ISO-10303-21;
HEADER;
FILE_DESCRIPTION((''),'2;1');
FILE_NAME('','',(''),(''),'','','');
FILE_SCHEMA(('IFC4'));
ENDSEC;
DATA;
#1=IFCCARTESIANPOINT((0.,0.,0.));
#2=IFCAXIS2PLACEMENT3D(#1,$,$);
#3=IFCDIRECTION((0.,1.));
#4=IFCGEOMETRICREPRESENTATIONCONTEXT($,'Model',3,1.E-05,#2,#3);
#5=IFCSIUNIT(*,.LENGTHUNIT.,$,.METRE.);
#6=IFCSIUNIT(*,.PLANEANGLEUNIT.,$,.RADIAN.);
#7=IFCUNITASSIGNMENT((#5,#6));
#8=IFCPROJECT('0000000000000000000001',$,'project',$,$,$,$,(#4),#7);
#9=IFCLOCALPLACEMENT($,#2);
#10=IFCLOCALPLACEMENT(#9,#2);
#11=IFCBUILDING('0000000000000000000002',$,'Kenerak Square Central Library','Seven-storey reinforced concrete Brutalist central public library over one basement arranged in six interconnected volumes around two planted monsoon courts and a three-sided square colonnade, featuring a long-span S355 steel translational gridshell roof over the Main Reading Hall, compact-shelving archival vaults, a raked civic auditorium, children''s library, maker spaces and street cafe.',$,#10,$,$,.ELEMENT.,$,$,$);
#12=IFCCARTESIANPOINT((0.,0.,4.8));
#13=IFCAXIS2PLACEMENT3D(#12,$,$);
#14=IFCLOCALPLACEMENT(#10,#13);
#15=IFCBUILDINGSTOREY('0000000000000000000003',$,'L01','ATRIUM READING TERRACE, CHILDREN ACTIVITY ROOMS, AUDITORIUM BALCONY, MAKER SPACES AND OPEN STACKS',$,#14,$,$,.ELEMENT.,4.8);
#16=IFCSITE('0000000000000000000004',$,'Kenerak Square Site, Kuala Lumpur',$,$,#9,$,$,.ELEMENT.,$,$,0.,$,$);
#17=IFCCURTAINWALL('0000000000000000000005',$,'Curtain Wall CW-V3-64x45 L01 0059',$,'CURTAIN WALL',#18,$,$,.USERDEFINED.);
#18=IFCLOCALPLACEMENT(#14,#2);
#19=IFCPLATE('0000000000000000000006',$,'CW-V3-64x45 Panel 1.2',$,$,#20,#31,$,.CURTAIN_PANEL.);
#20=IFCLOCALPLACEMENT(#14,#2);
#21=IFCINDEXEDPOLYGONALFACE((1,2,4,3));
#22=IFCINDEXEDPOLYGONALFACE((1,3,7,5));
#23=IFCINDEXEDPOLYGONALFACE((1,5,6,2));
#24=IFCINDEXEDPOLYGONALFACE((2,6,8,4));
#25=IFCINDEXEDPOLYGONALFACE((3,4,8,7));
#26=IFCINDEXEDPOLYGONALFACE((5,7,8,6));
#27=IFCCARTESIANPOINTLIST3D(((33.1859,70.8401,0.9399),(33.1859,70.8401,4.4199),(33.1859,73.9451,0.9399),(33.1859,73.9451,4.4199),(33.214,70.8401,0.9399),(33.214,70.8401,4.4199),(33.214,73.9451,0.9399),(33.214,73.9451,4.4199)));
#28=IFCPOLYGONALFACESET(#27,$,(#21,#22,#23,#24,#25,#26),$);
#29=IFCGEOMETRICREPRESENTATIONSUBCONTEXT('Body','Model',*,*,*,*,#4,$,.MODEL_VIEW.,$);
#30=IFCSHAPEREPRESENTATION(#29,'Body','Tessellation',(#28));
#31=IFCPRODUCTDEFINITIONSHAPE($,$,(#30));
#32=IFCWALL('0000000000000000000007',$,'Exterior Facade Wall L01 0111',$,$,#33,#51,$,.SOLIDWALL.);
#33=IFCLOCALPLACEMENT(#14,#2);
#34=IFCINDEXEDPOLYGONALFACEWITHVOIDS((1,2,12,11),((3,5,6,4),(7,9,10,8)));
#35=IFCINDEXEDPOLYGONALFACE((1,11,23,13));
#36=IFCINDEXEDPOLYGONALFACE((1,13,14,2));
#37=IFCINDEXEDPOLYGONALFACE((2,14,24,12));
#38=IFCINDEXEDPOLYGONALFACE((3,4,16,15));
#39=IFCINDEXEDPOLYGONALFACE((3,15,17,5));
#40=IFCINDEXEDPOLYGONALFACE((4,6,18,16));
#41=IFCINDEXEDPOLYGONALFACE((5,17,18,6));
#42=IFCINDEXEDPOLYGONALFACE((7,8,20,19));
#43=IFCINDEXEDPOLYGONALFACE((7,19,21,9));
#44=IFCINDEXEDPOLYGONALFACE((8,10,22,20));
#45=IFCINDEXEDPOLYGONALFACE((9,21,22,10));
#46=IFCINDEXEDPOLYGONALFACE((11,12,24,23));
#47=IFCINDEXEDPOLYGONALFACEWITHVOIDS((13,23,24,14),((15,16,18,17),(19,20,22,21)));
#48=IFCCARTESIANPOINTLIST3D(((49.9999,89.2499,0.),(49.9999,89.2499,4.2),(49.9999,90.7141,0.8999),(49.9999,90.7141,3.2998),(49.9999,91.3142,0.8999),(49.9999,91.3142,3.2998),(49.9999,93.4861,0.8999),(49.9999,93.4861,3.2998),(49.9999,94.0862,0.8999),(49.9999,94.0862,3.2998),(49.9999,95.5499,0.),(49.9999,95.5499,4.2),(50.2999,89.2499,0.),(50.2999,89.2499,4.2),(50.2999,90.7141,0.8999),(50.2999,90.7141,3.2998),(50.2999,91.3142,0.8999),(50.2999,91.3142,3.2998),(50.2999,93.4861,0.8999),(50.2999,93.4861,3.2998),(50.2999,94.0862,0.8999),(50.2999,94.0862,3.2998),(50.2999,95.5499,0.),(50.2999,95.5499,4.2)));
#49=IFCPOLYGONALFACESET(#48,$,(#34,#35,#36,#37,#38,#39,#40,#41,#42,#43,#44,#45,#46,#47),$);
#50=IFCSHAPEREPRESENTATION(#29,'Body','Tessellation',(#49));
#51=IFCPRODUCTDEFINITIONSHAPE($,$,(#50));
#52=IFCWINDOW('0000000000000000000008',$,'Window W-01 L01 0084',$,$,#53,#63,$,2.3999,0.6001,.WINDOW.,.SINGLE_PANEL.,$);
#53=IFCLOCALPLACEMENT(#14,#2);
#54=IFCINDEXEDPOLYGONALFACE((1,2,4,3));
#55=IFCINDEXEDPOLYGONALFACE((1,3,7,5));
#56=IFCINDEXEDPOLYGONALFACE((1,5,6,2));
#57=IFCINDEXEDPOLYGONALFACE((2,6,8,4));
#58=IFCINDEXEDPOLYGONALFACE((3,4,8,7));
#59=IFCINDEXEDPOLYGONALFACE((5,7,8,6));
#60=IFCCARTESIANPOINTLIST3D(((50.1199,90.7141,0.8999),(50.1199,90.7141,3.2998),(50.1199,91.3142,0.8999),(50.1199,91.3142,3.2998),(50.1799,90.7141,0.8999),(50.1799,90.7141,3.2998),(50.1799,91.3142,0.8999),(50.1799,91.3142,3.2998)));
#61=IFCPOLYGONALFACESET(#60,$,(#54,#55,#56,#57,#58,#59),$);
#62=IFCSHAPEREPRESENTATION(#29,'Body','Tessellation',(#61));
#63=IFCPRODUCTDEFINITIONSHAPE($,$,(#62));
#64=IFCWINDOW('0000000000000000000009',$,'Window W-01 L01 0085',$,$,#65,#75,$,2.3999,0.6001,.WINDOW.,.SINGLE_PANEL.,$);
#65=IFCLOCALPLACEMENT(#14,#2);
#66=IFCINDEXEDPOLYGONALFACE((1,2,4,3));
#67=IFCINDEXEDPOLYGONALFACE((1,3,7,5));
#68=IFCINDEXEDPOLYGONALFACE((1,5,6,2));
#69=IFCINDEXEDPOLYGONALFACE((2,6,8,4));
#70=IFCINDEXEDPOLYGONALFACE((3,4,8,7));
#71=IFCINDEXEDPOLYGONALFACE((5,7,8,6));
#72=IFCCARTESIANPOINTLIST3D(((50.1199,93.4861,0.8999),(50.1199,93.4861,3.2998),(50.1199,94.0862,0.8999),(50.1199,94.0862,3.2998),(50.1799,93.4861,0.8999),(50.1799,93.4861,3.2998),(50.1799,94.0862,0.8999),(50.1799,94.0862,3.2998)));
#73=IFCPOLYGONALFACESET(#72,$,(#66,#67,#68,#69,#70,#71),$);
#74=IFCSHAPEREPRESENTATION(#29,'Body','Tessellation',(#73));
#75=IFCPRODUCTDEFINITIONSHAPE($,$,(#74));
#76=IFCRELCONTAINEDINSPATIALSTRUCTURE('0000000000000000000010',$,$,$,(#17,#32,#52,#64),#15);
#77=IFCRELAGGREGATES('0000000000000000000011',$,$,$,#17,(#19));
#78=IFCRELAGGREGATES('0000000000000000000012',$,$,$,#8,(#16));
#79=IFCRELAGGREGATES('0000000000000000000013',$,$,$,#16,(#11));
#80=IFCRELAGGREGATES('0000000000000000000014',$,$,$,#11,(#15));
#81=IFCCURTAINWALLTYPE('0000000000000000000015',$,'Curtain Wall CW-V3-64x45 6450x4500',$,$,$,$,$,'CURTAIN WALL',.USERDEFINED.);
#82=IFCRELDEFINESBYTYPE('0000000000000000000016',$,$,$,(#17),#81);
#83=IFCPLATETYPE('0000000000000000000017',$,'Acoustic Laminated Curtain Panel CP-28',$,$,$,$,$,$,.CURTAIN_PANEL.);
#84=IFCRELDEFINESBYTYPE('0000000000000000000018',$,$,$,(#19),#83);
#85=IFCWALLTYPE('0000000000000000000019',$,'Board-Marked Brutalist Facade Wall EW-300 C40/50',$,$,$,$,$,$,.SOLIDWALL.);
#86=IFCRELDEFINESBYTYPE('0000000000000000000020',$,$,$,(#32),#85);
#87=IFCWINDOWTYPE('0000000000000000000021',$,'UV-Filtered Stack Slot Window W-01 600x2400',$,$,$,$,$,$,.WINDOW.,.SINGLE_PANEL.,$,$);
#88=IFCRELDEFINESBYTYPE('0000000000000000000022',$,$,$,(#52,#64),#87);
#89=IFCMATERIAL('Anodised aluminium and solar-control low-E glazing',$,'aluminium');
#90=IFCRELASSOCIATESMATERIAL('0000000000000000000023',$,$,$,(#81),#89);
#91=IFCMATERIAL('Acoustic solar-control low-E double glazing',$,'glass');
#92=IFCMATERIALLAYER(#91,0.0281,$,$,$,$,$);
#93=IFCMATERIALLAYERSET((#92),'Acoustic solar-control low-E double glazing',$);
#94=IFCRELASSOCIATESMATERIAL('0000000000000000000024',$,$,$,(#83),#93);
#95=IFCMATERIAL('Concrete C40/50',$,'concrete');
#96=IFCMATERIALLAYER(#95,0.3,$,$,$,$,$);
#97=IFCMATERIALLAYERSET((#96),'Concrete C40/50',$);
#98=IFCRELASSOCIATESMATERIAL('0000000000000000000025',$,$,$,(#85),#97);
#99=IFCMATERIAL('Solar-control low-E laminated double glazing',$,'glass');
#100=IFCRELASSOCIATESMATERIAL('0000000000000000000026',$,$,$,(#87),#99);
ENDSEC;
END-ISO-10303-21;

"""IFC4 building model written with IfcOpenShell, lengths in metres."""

from ifc_helpers import new_model, si_unit, direction, frame, frame_2d, origin, origin_2d, place, context, subcontext, project, spatial, rectangle, extrude, material, layer, layer_set, type_object, element, fill, aggregate, save


model = new_model("IFC4")

# Units and contexts
model_context = context("Model", 3, precision=1e-05, world=origin(), true_north=direction((0.0, 1.0)))
body_context = subcontext(model_context, "Body", "Model", "MODEL_VIEW")
ifc_project = project(units=[si_unit("LENGTHUNIT", "METRE"), si_unit("PLANEANGLEUNIT", "RADIAN")], contexts=[model_context])

# Site, building, storey
site_placement = place(None, origin())
site = spatial("IfcSite", under=ifc_project, at=site_placement, Name="Kenerak Square Site, Kuala Lumpur", CompositionType="ELEMENT", RefElevation=0.0)
building_placement = place(site_placement, origin())
building = spatial("IfcBuilding", under=site, at=building_placement, Name="Kenerak Square Central Library", Description="Seven-storey reinforced concrete Brutalist central public library over one basement arranged in six interconnected volumes around two planted monsoon courts and a three-sided square colonnade, featuring a long-span S355 steel translational gridshell roof over the Main Reading Hall, compact-shelving archival vaults, a raked civic auditorium, children's library, maker spaces and street cafe.", CompositionType="ELEMENT")
storey_placement = place(building_placement, frame((0.0, 0.0, 4.8)))
storey = spatial("IfcBuildingStorey", under=building, at=storey_placement, Name="L01", Description="ATRIUM READING TERRACE, CHILDREN ACTIVITY ROOMS, AUDITORIUM BALCONY, MAKER SPACES AND OPEN STACKS", CompositionType="ELEMENT", Elevation=4.8)

# Shared definitions
ifc_material_1 = material(Name="Concrete C40/50", Category="concrete")

# Curtain wall, plate
ifc_material_2 = material(Name="Anodised aluminium and solar-control low-E glazing", Category="aluminium")
curtain_wall_type = type_object("IfcCurtainWallType", Name="Curtain Wall CW-V3-64x45 6450x4500", ElementType="CURTAIN WALL", PredefinedType="USERDEFINED", material=ifc_material_2)
curtain_wall_placement = place(storey_placement, origin())
curtain_wall = element("IfcCurtainWall", 1, at=curtain_wall_placement, inside=storey, type_object=curtain_wall_type, Name="Curtain Wall CW-V3-64x45 L01 0059", ObjectType="CURTAIN WALL", PredefinedType="USERDEFINED")
ifc_material_3 = material(Name="Acoustic solar-control low-E double glazing", Category="glass")
ifc_layer_1 = layer(ifc_material_3, 0.0281)
ifc_layer_set_1 = layer_set([ifc_layer_1], Name="Acoustic solar-control low-E double glazing")
plate_type = type_object("IfcPlateType", Name="Acoustic Laminated Curtain Panel CP-28", PredefinedType="CURTAIN_PANEL", material=ifc_layer_set_1)
plate_1_placement = place(storey_placement, frame((33.2, 72.3926, 0.9399), z_axis=(0.0, 0.0, 1.0), x_axis=(0.0, -1.0, 0.0)))
plate_1 = element("IfcPlate", 2, at=plate_1_placement, type_object=plate_type, Name="CW-V3-64x45 Panel 1.2", PredefinedType="CURTAIN_PANEL", context=body_context, shape_type="SweptSolid", body=[
    extrude(rectangle(XDim=3.105, YDim=0.0281, at=origin_2d()), origin(), (0.0, 0.0, 1.0), 3.48),
])
aggregate(curtain_wall, [plate_1])

# Wall, openings, windows
ifc_layer_2 = layer(ifc_material_1, 0.3)
ifc_layer_set_2 = layer_set([ifc_layer_2], Name="Concrete C40/50")
wall_type = type_object("IfcWallType", Name="Board-Marked Brutalist Facade Wall EW-300 C40/50", PredefinedType="SOLIDWALL", material=ifc_layer_set_2)
wall_placement = place(storey_placement, frame((50.1499, 89.25, 0.0), z_axis=(0.0, 0.0, 1.0), x_axis=(0.0, 1.0, 0.0)))
wall = element("IfcWall", 3, at=wall_placement, inside=storey, type_object=wall_type, Name="Exterior Facade Wall L01 0111", PredefinedType="SOLIDWALL", context=body_context, shape_type="SweptSolid", body=[
    extrude(rectangle(XDim=6.3, YDim=0.3, at=frame_2d((3.1499, 0.0))), origin(), (0.0, 0.0, 1.0), 4.2),
])
opening_1_placement = place(wall_placement, frame((1.4641, 0.0, 0.8999)))
opening_1 = element("IfcOpeningElement", 4, at=opening_1_placement, cuts=wall, PredefinedType="OPENING", context=body_context, shape_type="SweptSolid", body=[
    extrude(rectangle(XDim=0.6001, YDim=2.3999, at=frame_2d((0.3, 1.2))), frame((0.0, 0.1599, 0.0), z_axis=(0.0, -1.0, 0.0), x_axis=(1.0, 0.0, 0.0)), (0.0, 0.0, 1.0), 0.3201),
])
opening_2_placement = place(wall_placement, frame((4.2361, 0.0, 0.8999)))
opening_2 = element("IfcOpeningElement", 5, at=opening_2_placement, cuts=wall, PredefinedType="OPENING", context=body_context, shape_type="SweptSolid", body=[
    extrude(rectangle(XDim=0.6001, YDim=2.3999, at=frame_2d((0.3, 1.2))), frame((0.0, 0.1599, 0.0), z_axis=(0.0, -1.0, 0.0), x_axis=(1.0, 0.0, 0.0)), (0.0, 0.0, 1.0), 0.3201),
])
ifc_material_4 = material(Name="Solar-control low-E laminated double glazing", Category="glass")
window_type = type_object("IfcWindowType", Name="UV-Filtered Stack Slot Window W-01 600x2400", PartitioningType="SINGLE_PANEL", PredefinedType="WINDOW", material=ifc_material_4)
window_1_placement = place(opening_1_placement, origin())
window_1 = element("IfcWindow", 6, at=window_1_placement, inside=storey, type_object=window_type, Name="Window W-01 L01 0084", OverallHeight=2.3999, OverallWidth=0.6001, PartitioningType="SINGLE_PANEL", PredefinedType="WINDOW", context=body_context, shape_type="SweptSolid", body=[
    extrude(rectangle(XDim=0.6001, YDim=2.3999, at=frame_2d((0.3, 1.2))), frame((0.0, 0.03, 0.0), z_axis=(0.0, -1.0, 0.0), x_axis=(1.0, 0.0, 0.0)), (0.0, 0.0, 1.0), 0.0601),
])
fill(opening_1, window_1)
window_2_placement = place(opening_2_placement, origin())
window_2 = element("IfcWindow", 7, at=window_2_placement, inside=storey, type_object=window_type, Name="Window W-01 L01 0085", OverallHeight=2.3999, OverallWidth=0.6001, PartitioningType="SINGLE_PANEL", PredefinedType="WINDOW", context=body_context, shape_type="SweptSolid", body=[
    extrude(rectangle(XDim=0.6001, YDim=2.3999, at=frame_2d((0.3, 1.2))), frame((0.0, 0.03, 0.0), z_axis=(0.0, -1.0, 0.0), x_axis=(1.0, 0.0, 0.0)), (0.0, 0.0, 1.0), 0.0601),
])
fill(opening_2, window_2)

save(model, "model.ifc")
